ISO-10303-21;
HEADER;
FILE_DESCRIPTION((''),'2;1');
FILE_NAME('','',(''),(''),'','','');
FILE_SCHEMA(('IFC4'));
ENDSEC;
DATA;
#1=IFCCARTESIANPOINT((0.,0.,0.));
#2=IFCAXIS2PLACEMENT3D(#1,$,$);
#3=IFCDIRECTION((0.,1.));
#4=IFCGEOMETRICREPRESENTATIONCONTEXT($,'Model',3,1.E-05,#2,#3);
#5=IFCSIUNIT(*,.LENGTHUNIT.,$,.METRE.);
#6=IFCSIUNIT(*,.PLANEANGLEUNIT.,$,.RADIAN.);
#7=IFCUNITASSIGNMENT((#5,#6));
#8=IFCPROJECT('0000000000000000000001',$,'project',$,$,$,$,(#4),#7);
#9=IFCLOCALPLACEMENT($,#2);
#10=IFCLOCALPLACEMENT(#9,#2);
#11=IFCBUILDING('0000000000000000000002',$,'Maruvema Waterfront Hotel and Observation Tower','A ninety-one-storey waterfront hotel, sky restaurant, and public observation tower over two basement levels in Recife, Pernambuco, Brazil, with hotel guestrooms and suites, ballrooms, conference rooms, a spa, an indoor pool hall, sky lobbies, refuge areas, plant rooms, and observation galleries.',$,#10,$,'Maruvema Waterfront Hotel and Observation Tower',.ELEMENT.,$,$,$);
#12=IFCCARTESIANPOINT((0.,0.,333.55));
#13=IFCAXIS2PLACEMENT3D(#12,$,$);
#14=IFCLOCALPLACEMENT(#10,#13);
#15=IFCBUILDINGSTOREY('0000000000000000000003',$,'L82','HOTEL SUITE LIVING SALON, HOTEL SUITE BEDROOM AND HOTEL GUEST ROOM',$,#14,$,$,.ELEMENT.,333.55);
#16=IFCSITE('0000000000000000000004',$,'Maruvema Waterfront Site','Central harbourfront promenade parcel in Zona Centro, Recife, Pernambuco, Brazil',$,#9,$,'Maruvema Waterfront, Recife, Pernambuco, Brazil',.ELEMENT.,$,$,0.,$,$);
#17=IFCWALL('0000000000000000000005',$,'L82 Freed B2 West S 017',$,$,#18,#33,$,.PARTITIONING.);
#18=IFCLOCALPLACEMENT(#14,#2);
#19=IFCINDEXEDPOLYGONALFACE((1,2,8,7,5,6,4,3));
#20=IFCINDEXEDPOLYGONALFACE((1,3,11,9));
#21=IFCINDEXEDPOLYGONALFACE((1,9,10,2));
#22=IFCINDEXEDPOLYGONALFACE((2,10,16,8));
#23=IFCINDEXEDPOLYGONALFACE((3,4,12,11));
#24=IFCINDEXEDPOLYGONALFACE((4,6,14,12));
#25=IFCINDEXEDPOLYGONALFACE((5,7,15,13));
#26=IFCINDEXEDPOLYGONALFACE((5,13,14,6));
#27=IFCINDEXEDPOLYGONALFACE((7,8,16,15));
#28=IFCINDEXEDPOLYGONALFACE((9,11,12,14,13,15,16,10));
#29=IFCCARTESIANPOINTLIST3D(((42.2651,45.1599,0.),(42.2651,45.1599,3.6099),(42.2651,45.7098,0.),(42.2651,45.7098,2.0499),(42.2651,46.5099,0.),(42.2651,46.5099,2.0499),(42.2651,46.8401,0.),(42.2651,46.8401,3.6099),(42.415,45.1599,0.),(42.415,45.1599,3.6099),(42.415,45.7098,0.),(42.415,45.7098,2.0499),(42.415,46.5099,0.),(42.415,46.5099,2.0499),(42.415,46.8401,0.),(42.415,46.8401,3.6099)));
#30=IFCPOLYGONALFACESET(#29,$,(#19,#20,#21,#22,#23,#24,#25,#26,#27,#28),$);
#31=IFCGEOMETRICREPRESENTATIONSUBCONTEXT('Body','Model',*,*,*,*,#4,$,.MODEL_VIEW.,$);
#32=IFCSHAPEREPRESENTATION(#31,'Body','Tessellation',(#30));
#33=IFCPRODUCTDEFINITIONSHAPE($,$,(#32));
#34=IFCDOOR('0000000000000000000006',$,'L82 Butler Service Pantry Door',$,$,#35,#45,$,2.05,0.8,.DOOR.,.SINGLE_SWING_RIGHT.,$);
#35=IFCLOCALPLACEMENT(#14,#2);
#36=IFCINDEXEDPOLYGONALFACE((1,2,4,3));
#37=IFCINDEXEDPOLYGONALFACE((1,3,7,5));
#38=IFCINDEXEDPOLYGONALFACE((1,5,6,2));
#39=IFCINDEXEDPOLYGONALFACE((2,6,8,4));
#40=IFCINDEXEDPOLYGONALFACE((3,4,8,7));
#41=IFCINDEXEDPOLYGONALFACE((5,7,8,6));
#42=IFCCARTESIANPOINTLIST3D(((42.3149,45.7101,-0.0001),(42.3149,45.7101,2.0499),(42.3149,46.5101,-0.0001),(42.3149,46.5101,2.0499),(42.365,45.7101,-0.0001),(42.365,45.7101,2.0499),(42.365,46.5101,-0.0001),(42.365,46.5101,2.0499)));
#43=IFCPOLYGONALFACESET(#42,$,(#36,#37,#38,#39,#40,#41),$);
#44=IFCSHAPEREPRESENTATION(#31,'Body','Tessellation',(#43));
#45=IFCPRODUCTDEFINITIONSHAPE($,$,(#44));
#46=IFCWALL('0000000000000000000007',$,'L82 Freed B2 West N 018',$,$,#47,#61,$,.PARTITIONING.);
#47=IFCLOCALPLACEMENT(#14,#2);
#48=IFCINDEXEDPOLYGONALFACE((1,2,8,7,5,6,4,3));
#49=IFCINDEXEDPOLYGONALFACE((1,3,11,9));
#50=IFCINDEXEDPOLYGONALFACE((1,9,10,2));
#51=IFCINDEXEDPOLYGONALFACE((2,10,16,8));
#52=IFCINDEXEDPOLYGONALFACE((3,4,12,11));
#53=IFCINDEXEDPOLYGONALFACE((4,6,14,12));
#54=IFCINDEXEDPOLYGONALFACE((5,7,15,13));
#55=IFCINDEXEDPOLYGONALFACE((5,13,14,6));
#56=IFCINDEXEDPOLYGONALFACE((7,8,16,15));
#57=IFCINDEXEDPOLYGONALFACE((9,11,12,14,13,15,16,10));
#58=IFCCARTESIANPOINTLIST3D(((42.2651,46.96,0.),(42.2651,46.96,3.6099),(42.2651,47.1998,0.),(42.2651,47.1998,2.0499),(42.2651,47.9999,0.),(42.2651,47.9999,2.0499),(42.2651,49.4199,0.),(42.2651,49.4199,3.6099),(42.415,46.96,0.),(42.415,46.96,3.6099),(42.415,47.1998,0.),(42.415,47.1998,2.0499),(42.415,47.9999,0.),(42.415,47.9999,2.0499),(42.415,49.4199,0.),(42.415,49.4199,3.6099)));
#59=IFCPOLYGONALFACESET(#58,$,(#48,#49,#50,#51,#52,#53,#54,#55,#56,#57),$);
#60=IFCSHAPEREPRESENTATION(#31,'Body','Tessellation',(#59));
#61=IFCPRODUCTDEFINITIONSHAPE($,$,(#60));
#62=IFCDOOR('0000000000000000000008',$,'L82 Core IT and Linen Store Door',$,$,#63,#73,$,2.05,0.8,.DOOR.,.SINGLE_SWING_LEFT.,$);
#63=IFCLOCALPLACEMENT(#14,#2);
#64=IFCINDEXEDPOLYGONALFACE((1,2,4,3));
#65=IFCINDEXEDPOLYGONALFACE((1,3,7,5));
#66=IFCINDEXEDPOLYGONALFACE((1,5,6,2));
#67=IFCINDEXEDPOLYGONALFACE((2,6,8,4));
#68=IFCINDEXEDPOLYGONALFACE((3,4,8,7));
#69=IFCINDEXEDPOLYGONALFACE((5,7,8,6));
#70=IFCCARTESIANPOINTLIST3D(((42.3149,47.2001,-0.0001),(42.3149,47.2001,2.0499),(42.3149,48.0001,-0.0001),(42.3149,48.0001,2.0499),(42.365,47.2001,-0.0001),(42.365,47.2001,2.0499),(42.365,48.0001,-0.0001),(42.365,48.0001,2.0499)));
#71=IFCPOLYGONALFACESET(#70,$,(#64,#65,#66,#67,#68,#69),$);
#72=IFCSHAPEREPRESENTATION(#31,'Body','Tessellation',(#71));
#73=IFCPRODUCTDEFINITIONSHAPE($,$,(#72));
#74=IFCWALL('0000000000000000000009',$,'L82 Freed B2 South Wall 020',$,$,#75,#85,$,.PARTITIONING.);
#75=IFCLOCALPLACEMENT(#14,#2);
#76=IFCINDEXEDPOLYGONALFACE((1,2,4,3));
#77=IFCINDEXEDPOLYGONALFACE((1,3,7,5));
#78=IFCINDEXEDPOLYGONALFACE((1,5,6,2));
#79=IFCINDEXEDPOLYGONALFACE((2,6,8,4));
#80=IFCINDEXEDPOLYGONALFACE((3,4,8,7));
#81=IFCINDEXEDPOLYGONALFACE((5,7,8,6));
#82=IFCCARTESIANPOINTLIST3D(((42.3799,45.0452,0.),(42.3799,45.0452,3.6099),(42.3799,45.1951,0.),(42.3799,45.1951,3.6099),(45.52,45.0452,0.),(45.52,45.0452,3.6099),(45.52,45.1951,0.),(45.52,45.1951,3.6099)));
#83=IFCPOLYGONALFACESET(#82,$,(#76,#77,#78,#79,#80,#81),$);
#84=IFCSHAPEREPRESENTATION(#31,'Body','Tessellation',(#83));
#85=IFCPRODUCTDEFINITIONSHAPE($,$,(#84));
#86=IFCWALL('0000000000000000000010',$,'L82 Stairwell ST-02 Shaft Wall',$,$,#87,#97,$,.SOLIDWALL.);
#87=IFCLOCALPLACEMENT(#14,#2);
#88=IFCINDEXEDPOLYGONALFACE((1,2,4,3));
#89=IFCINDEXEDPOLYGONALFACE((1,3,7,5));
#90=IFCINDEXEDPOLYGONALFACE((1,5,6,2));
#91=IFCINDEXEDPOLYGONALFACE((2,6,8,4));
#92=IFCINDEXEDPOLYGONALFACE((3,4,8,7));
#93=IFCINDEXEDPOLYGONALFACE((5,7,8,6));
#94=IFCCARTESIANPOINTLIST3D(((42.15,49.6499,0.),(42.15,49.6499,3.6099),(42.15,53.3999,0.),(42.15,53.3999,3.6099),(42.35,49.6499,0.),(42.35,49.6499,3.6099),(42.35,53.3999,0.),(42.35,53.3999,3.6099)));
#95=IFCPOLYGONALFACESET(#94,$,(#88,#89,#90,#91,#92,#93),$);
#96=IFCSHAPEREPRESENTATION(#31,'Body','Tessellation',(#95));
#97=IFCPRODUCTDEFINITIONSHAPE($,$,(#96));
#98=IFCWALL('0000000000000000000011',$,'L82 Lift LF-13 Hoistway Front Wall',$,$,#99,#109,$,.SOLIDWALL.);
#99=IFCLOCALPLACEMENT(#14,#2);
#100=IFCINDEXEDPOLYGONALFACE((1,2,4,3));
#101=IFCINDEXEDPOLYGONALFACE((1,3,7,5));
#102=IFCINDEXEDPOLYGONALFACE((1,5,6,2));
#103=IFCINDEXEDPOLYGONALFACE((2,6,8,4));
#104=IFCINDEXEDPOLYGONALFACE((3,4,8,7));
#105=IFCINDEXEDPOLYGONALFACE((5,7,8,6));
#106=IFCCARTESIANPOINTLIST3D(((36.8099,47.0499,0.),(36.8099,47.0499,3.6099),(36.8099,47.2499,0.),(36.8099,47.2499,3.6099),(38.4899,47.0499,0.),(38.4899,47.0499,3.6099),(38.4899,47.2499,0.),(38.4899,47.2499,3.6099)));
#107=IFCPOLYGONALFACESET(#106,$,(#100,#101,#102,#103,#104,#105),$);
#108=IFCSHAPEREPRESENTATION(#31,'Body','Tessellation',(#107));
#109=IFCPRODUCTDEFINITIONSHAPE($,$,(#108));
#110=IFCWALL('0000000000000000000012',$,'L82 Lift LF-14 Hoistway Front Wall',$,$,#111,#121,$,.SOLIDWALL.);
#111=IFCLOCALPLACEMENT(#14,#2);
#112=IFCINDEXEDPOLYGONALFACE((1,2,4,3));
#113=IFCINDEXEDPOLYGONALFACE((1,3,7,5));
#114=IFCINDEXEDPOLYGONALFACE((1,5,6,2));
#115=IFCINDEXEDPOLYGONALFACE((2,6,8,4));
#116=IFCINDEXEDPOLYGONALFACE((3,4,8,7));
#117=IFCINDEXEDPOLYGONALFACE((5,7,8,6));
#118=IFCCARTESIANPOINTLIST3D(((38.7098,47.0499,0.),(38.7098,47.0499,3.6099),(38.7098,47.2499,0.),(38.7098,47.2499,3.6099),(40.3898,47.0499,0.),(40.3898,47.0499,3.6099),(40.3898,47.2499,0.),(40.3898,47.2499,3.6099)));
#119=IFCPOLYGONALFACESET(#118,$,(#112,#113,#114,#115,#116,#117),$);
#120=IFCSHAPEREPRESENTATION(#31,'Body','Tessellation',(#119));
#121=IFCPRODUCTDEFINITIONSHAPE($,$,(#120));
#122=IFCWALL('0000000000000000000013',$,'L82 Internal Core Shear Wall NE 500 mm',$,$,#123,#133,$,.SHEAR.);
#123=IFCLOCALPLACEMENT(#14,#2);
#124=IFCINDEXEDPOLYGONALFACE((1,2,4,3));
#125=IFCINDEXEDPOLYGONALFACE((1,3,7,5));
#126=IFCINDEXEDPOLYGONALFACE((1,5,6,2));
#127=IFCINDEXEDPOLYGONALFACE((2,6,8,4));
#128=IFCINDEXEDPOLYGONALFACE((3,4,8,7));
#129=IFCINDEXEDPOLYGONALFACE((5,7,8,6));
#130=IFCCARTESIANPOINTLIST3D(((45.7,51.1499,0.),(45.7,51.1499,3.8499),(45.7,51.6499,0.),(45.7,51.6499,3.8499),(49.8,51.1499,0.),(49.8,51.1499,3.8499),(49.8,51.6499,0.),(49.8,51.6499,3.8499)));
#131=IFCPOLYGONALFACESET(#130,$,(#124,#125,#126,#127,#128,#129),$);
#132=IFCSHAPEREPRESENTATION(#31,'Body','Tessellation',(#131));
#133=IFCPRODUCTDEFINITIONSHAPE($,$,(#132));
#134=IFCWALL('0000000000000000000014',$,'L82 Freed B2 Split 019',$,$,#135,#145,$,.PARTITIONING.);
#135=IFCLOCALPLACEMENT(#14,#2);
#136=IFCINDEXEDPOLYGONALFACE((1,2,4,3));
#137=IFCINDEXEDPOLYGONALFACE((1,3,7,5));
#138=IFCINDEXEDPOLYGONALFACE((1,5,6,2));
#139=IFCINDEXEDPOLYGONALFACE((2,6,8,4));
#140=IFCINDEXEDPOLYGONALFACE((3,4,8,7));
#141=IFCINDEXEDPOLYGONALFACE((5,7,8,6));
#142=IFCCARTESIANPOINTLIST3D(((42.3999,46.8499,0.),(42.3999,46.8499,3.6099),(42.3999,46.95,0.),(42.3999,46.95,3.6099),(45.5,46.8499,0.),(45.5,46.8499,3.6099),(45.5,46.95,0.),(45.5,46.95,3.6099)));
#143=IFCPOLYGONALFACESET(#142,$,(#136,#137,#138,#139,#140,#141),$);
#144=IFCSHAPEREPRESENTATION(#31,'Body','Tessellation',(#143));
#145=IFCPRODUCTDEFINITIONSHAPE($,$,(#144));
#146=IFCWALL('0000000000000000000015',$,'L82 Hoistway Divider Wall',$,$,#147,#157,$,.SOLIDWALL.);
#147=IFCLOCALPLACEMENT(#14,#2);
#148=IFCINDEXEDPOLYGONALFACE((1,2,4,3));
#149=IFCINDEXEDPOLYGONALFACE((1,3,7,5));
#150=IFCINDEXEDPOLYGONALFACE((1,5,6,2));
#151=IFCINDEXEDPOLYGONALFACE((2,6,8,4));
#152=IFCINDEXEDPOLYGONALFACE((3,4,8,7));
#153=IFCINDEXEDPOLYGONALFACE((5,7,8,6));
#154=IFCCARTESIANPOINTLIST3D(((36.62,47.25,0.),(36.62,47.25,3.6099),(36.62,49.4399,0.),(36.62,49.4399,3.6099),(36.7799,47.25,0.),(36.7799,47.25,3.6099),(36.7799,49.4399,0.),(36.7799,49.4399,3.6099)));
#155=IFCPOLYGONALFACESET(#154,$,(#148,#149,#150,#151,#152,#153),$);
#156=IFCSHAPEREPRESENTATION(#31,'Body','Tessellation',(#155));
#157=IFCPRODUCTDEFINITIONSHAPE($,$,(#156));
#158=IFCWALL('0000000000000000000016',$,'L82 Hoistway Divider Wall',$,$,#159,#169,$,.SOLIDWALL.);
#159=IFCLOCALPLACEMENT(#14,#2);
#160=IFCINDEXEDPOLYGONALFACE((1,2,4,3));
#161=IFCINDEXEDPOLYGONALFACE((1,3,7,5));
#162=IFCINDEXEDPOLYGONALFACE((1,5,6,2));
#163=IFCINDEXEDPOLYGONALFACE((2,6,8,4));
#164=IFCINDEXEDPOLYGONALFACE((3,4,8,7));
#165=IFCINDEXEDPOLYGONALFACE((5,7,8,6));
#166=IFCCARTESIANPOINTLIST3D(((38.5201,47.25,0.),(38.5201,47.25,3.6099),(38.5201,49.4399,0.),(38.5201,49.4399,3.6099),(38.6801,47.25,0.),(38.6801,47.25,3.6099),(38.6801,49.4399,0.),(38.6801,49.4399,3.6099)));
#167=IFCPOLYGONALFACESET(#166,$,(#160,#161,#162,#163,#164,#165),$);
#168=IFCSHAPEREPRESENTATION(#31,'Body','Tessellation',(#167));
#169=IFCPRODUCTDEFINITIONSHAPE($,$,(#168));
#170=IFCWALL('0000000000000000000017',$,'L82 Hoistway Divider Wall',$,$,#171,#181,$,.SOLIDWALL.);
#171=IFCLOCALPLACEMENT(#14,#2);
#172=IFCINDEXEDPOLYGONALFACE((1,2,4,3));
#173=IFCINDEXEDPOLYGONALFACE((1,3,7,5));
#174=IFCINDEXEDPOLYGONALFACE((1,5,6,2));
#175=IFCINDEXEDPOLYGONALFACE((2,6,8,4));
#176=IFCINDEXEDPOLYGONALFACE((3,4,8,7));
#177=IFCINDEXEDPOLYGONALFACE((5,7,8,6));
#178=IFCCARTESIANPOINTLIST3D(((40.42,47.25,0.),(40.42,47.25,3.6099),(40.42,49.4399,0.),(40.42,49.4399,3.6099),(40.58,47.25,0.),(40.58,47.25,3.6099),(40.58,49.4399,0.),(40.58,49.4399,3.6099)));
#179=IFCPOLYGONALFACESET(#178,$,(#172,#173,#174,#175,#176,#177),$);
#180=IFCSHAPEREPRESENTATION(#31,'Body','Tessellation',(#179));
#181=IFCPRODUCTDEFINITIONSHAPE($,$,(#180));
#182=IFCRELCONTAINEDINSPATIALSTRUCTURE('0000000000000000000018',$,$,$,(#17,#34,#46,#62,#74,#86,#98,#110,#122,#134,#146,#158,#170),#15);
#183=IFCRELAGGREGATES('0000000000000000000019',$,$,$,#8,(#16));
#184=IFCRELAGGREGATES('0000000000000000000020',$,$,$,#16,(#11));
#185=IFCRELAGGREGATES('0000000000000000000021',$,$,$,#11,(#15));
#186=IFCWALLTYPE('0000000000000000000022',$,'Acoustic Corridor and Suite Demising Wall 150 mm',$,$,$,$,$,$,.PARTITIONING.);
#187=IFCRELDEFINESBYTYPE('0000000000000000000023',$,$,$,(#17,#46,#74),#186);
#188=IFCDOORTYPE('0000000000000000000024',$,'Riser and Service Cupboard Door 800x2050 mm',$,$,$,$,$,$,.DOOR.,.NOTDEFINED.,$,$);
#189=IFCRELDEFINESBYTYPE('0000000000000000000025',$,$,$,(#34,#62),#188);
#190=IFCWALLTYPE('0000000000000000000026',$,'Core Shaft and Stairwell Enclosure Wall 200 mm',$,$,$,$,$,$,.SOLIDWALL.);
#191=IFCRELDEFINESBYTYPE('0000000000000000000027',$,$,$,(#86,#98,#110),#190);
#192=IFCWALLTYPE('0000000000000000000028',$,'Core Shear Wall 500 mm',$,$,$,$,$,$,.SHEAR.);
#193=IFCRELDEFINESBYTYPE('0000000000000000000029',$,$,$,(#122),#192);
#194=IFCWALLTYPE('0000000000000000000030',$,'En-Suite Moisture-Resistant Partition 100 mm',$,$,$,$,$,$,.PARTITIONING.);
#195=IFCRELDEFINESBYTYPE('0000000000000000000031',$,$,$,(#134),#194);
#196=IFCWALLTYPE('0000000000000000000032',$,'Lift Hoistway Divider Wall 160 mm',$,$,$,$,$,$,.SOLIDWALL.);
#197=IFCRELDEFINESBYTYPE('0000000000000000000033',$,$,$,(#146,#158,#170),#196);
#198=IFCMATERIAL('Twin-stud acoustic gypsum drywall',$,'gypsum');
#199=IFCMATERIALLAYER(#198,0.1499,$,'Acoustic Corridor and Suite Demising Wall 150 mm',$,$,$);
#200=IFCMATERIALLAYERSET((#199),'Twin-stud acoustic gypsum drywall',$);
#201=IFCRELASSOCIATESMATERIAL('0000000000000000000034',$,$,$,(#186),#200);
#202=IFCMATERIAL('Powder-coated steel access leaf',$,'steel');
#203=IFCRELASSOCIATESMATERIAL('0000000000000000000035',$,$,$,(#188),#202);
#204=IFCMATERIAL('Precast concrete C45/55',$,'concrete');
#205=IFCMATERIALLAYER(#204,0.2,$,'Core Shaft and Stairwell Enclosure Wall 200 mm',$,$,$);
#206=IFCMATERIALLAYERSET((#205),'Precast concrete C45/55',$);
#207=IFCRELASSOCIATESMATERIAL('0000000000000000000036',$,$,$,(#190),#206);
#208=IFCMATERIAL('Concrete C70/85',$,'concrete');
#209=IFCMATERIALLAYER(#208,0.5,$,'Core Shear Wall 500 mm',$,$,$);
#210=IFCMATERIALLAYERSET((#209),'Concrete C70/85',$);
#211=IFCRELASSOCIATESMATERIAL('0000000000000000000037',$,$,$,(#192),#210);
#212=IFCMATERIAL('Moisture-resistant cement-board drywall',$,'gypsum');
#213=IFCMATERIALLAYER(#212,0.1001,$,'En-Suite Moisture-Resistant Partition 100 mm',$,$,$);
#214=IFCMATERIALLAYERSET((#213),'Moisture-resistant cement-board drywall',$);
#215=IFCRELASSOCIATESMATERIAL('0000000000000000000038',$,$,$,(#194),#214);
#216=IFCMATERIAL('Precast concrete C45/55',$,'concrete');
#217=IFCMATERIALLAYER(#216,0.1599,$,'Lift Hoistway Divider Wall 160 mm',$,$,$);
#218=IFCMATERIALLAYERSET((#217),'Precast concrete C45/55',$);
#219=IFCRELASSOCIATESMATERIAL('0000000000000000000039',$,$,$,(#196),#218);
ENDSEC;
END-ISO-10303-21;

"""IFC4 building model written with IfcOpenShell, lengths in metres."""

from ifc_helpers import new_model, si_unit, direction, frame, frame_2d, origin, place, context, subcontext, project, spatial, rectangle, extrude, material, layer, layer_set, type_object, element, fill, save


model = new_model("IFC4")

# Units and contexts
model_context = context("Model", 3, precision=1e-05, world=origin(), true_north=direction((0.0, 1.0)))
body_context = subcontext(model_context, "Body", "Model", "MODEL_VIEW")
ifc_project = project(units=[si_unit("LENGTHUNIT", "METRE"), si_unit("PLANEANGLEUNIT", "RADIAN")], contexts=[model_context])

# Site, building, storey
site_placement = place(None, origin())
site = spatial("IfcSite", under=ifc_project, at=site_placement, Name="Maruvema Waterfront Site", Description="Central harbourfront promenade parcel in Zona Centro, Recife, Pernambuco, Brazil", LongName="Maruvema Waterfront, Recife, Pernambuco, Brazil", CompositionType="ELEMENT", RefElevation=0.0)
building_placement = place(site_placement, origin())
building = spatial("IfcBuilding", under=site, at=building_placement, Name="Maruvema Waterfront Hotel and Observation Tower", Description="A ninety-one-storey waterfront hotel, sky restaurant, and public observation tower over two basement levels in Recife, Pernambuco, Brazil, with hotel guestrooms and suites, ballrooms, conference rooms, a spa, an indoor pool hall, sky lobbies, refuge areas, plant rooms, and observation galleries.", LongName="Maruvema Waterfront Hotel and Observation Tower", CompositionType="ELEMENT")
storey_placement = place(building_placement, frame((0.0, 0.0, 333.55)))
storey = spatial("IfcBuildingStorey", under=building, at=storey_placement, Name="L82", Description="HOTEL SUITE LIVING SALON, HOTEL SUITE BEDROOM AND HOTEL GUEST ROOM", CompositionType="ELEMENT", Elevation=333.55)

# Walls, openings, doors
ifc_material_1 = material(Name="Twin-stud acoustic gypsum drywall", Category="gypsum")
ifc_layer_1 = layer(ifc_material_1, 0.1499, Name="Acoustic Corridor and Suite Demising Wall 150 mm")
ifc_layer_set_1 = layer_set([ifc_layer_1], Name="Twin-stud acoustic gypsum drywall")
wall_type_1 = type_object("IfcWallType", Name="Acoustic Corridor and Suite Demising Wall 150 mm", PredefinedType="PARTITIONING", material=ifc_layer_set_1)
wall_1_placement = place(storey_placement, frame((42.3401, 45.1599, 0.0), z_axis=(0.0, 0.0, 1.0), x_axis=(0.0, 1.0, 0.0)))
wall_1 = element("IfcWall", 1, at=wall_1_placement, inside=storey, type_object=wall_type_1, Name="L82 Freed B2 West S 017", PredefinedType="PARTITIONING", context=body_context, shape_type="SweptSolid", body=[
    extrude(rectangle(XDim=1.6802, YDim=0.1499, at=frame_2d((0.8401, 0.0))), origin(), (0.0, 0.0, 1.0), 3.6099),
])
opening_1_placement = place(wall_1_placement, frame((0.55, 0.0, 0.0)))
opening_1 = element("IfcOpeningElement", 2, at=opening_1_placement, cuts=wall_1, PredefinedType="OPENING", context=body_context, shape_type="SweptSolid", body=[
    extrude(rectangle(XDim=0.8, YDim=2.05, at=frame_2d((0.3999, 1.0249))), frame((0.0, 0.085, 0.0), z_axis=(0.0, -1.0, 0.0), x_axis=(1.0, 0.0, 0.0)), (0.0, 0.0, 1.0), 0.1699),
])
ifc_material_2 = material(Name="Powder-coated steel access leaf", Category="steel")
door_type = type_object("IfcDoorType", Name="Riser and Service Cupboard Door 800x2050 mm", OperationType="NOTDEFINED", PredefinedType="DOOR", material=ifc_material_2)
door_1_placement = place(opening_1_placement, frame((0.8, 0.0, 0.0), z_axis=(0.0, 0.0, 1.0), x_axis=(-1.0, 0.0, 0.0)))
door_1 = element("IfcDoor", 3, at=door_1_placement, inside=storey, type_object=door_type, Name="L82 Butler Service Pantry Door", OperationType="SINGLE_SWING_RIGHT", OverallHeight=2.05, OverallWidth=0.8, PredefinedType="DOOR", context=body_context, shape_type="SweptSolid", body=[
    extrude(rectangle(XDim=0.8, YDim=2.05, at=frame_2d((0.3999, 1.0249))), frame((0.0, 0.0249, 0.0), z_axis=(0.0, -1.0, 0.0), x_axis=(1.0, 0.0, 0.0)), (0.0, 0.0, 1.0), 0.05),
])
fill(opening_1, door_1)
wall_2_placement = place(storey_placement, frame((42.3401, 46.96, 0.0), z_axis=(0.0, 0.0, 1.0), x_axis=(0.0, 1.0, 0.0)))
wall_2 = element("IfcWall", 4, at=wall_2_placement, inside=storey, type_object=wall_type_1, Name="L82 Freed B2 West N 018", PredefinedType="PARTITIONING", context=body_context, shape_type="SweptSolid", body=[
    extrude(rectangle(XDim=2.46, YDim=0.1499, at=frame_2d((1.23, 0.0))), origin(), (0.0, 0.0, 1.0), 3.6099),
])
opening_2_placement = place(wall_2_placement, frame((0.24, 0.0, 0.0)))
opening_2 = element("IfcOpeningElement", 5, at=opening_2_placement, cuts=wall_2, PredefinedType="OPENING", context=body_context, shape_type="SweptSolid", body=[
    extrude(rectangle(XDim=0.8, YDim=2.05, at=frame_2d((0.3999, 1.0249))), frame((0.0, 0.085, 0.0), z_axis=(0.0, -1.0, 0.0), x_axis=(1.0, 0.0, 0.0)), (0.0, 0.0, 1.0), 0.1699),
])
door_2_placement = place(opening_2_placement, frame((0.8, 0.0, 0.0), z_axis=(0.0, 0.0, 1.0), x_axis=(-1.0, 0.0, 0.0)))
door_2 = element("IfcDoor", 6, at=door_2_placement, inside=storey, type_object=door_type, Name="L82 Core IT and Linen Store Door", OperationType="SINGLE_SWING_LEFT", OverallHeight=2.05, OverallWidth=0.8, PredefinedType="DOOR", context=body_context, shape_type="SweptSolid", body=[
    extrude(rectangle(XDim=0.8, YDim=2.05, at=frame_2d((0.3999, 1.0249))), frame((0.0, 0.0249, 0.0), z_axis=(0.0, -1.0, 0.0), x_axis=(1.0, 0.0, 0.0)), (0.0, 0.0, 1.0), 0.05),
])
fill(opening_2, door_2)

# Walls
wall_3_placement = place(storey_placement, frame((42.3799, 45.1201, 0.0), z_axis=(0.0, 0.0, 1.0), x_axis=(1.0, 0.0, 0.0)))
element("IfcWall", 7, at=wall_3_placement, inside=storey, type_object=wall_type_1, Name="L82 Freed B2 South Wall 020", PredefinedType="PARTITIONING", context=body_context, shape_type="SweptSolid", body=[
    extrude(rectangle(XDim=3.1401, YDim=0.1499, at=frame_2d((1.5701, 0.0))), origin(), (0.0, 0.0, 1.0), 3.6099),
])
ifc_material_3 = material(Name="Precast concrete C45/55", Category="concrete")
ifc_layer_2 = layer(ifc_material_3, 0.2, Name="Core Shaft and Stairwell Enclosure Wall 200 mm")
ifc_layer_set_2 = layer_set([ifc_layer_2], Name="Precast concrete C45/55")
wall_type_2 = type_object("IfcWallType", Name="Core Shaft and Stairwell Enclosure Wall 200 mm", PredefinedType="SOLIDWALL", material=ifc_layer_set_2)
wall_4_placement = place(storey_placement, frame((42.25, 49.6499, 0.0), z_axis=(0.0, 0.0, 1.0), x_axis=(0.0, 1.0, 0.0)))
element("IfcWall", 8, at=wall_4_placement, inside=storey, type_object=wall_type_2, Name="L82 Stairwell ST-02 Shaft Wall", PredefinedType="SOLIDWALL", context=body_context, shape_type="SweptSolid", body=[
    extrude(rectangle(XDim=3.75, YDim=0.2, at=frame_2d((1.875, 0.0))), origin(), (0.0, 0.0, 1.0), 3.6099),
])
for number, where, z_axis, x_axis, name in (
    (9, (36.8101, 47.1499, 0.0), (0.0, 0.0, 1.0), (1.0, 0.0, 0.0), "L82 Lift LF-13 Hoistway Front Wall"),
    (10, (38.71, 47.1499, 0.0), (0.0, 0.0, 1.0), (1.0, 0.0, 0.0), "L82 Lift LF-14 Hoistway Front Wall"),
):
    element("IfcWall", number, at=place(storey_placement, frame(where, z_axis=z_axis, x_axis=x_axis)), inside=storey, type_object=wall_type_2, Name=name, PredefinedType="SOLIDWALL", context=body_context, shape_type="SweptSolid", body=[
        extrude(rectangle(XDim=1.6799, YDim=0.2, at=frame_2d((0.8398, 0.0))), origin(), (0.0, 0.0, 1.0), 3.6099),
    ])
ifc_material_4 = material(Name="Concrete C70/85", Category="concrete")
ifc_layer_3 = layer(ifc_material_4, 0.5, Name="Core Shear Wall 500 mm")
ifc_layer_set_3 = layer_set([ifc_layer_3], Name="Concrete C70/85")
wall_type_3 = type_object("IfcWallType", Name="Core Shear Wall 500 mm", PredefinedType="SHEAR", material=ifc_layer_set_3)
wall_5_placement = place(storey_placement, frame((45.7, 51.3999, 0.0), z_axis=(0.0, 0.0, 1.0), x_axis=(1.0, 0.0, 0.0)))
element("IfcWall", 11, at=wall_5_placement, inside=storey, type_object=wall_type_3, Name="L82 Internal Core Shear Wall NE 500 mm", PredefinedType="SHEAR", context=body_context, shape_type="SweptSolid", body=[
    extrude(rectangle(XDim=4.1001, YDim=0.5, at=frame_2d((2.05, 0.0))), origin(), (0.0, 0.0, 1.0), 3.8499),
])
ifc_material_5 = material(Name="Moisture-resistant cement-board drywall", Category="gypsum")
ifc_layer_4 = layer(ifc_material_5, 0.1001, Name="En-Suite Moisture-Resistant Partition 100 mm")
ifc_layer_set_4 = layer_set([ifc_layer_4], Name="Moisture-resistant cement-board drywall")
wall_type_4 = type_object("IfcWallType", Name="En-Suite Moisture-Resistant Partition 100 mm", PredefinedType="PARTITIONING", material=ifc_layer_set_4)
wall_6_placement = place(storey_placement, frame((42.3999, 46.8999, 0.0), z_axis=(0.0, 0.0, 1.0), x_axis=(1.0, 0.0, 0.0)))
element("IfcWall", 12, at=wall_6_placement, inside=storey, type_object=wall_type_4, Name="L82 Freed B2 Split 019", PredefinedType="PARTITIONING", context=body_context, shape_type="SweptSolid", body=[
    extrude(rectangle(XDim=3.1001, YDim=0.1001, at=frame_2d((1.55, 0.0))), origin(), (0.0, 0.0, 1.0), 3.6099),
])
ifc_material_6 = material(Name="Precast concrete C45/55", Category="concrete")
ifc_layer_5 = layer(ifc_material_6, 0.1599, Name="Lift Hoistway Divider Wall 160 mm")
ifc_layer_set_5 = layer_set([ifc_layer_5], Name="Precast concrete C45/55")
wall_type_5 = type_object("IfcWallType", Name="Lift Hoistway Divider Wall 160 mm", PredefinedType="SOLIDWALL", material=ifc_layer_set_5)
for number, where, z_axis, x_axis, name in (
    (13, (36.7, 47.25, 0.0), (0.0, 0.0, 1.0), (0.0, 1.0, 0.0), "L82 Hoistway Divider Wall"),
    (14, (38.6001, 47.25, 0.0), (0.0, 0.0, 1.0), (0.0, 1.0, 0.0), "L82 Hoistway Divider Wall"),
    (15, (40.5, 47.25, 0.0), (0.0, 0.0, 1.0), (0.0, 1.0, 0.0), "L82 Hoistway Divider Wall"),
):
    element("IfcWall", number, at=place(storey_placement, frame(where, z_axis=z_axis, x_axis=x_axis)), inside=storey, type_object=wall_type_5, Name=name, PredefinedType="SOLIDWALL", context=body_context, shape_type="SweptSolid", body=[
        extrude(rectangle(XDim=2.1899, YDim=0.1599, at=frame_2d((1.095, 0.0))), origin(), (0.0, 0.0, 1.0), 3.6099),
    ])

save(model, "model.ifc")
